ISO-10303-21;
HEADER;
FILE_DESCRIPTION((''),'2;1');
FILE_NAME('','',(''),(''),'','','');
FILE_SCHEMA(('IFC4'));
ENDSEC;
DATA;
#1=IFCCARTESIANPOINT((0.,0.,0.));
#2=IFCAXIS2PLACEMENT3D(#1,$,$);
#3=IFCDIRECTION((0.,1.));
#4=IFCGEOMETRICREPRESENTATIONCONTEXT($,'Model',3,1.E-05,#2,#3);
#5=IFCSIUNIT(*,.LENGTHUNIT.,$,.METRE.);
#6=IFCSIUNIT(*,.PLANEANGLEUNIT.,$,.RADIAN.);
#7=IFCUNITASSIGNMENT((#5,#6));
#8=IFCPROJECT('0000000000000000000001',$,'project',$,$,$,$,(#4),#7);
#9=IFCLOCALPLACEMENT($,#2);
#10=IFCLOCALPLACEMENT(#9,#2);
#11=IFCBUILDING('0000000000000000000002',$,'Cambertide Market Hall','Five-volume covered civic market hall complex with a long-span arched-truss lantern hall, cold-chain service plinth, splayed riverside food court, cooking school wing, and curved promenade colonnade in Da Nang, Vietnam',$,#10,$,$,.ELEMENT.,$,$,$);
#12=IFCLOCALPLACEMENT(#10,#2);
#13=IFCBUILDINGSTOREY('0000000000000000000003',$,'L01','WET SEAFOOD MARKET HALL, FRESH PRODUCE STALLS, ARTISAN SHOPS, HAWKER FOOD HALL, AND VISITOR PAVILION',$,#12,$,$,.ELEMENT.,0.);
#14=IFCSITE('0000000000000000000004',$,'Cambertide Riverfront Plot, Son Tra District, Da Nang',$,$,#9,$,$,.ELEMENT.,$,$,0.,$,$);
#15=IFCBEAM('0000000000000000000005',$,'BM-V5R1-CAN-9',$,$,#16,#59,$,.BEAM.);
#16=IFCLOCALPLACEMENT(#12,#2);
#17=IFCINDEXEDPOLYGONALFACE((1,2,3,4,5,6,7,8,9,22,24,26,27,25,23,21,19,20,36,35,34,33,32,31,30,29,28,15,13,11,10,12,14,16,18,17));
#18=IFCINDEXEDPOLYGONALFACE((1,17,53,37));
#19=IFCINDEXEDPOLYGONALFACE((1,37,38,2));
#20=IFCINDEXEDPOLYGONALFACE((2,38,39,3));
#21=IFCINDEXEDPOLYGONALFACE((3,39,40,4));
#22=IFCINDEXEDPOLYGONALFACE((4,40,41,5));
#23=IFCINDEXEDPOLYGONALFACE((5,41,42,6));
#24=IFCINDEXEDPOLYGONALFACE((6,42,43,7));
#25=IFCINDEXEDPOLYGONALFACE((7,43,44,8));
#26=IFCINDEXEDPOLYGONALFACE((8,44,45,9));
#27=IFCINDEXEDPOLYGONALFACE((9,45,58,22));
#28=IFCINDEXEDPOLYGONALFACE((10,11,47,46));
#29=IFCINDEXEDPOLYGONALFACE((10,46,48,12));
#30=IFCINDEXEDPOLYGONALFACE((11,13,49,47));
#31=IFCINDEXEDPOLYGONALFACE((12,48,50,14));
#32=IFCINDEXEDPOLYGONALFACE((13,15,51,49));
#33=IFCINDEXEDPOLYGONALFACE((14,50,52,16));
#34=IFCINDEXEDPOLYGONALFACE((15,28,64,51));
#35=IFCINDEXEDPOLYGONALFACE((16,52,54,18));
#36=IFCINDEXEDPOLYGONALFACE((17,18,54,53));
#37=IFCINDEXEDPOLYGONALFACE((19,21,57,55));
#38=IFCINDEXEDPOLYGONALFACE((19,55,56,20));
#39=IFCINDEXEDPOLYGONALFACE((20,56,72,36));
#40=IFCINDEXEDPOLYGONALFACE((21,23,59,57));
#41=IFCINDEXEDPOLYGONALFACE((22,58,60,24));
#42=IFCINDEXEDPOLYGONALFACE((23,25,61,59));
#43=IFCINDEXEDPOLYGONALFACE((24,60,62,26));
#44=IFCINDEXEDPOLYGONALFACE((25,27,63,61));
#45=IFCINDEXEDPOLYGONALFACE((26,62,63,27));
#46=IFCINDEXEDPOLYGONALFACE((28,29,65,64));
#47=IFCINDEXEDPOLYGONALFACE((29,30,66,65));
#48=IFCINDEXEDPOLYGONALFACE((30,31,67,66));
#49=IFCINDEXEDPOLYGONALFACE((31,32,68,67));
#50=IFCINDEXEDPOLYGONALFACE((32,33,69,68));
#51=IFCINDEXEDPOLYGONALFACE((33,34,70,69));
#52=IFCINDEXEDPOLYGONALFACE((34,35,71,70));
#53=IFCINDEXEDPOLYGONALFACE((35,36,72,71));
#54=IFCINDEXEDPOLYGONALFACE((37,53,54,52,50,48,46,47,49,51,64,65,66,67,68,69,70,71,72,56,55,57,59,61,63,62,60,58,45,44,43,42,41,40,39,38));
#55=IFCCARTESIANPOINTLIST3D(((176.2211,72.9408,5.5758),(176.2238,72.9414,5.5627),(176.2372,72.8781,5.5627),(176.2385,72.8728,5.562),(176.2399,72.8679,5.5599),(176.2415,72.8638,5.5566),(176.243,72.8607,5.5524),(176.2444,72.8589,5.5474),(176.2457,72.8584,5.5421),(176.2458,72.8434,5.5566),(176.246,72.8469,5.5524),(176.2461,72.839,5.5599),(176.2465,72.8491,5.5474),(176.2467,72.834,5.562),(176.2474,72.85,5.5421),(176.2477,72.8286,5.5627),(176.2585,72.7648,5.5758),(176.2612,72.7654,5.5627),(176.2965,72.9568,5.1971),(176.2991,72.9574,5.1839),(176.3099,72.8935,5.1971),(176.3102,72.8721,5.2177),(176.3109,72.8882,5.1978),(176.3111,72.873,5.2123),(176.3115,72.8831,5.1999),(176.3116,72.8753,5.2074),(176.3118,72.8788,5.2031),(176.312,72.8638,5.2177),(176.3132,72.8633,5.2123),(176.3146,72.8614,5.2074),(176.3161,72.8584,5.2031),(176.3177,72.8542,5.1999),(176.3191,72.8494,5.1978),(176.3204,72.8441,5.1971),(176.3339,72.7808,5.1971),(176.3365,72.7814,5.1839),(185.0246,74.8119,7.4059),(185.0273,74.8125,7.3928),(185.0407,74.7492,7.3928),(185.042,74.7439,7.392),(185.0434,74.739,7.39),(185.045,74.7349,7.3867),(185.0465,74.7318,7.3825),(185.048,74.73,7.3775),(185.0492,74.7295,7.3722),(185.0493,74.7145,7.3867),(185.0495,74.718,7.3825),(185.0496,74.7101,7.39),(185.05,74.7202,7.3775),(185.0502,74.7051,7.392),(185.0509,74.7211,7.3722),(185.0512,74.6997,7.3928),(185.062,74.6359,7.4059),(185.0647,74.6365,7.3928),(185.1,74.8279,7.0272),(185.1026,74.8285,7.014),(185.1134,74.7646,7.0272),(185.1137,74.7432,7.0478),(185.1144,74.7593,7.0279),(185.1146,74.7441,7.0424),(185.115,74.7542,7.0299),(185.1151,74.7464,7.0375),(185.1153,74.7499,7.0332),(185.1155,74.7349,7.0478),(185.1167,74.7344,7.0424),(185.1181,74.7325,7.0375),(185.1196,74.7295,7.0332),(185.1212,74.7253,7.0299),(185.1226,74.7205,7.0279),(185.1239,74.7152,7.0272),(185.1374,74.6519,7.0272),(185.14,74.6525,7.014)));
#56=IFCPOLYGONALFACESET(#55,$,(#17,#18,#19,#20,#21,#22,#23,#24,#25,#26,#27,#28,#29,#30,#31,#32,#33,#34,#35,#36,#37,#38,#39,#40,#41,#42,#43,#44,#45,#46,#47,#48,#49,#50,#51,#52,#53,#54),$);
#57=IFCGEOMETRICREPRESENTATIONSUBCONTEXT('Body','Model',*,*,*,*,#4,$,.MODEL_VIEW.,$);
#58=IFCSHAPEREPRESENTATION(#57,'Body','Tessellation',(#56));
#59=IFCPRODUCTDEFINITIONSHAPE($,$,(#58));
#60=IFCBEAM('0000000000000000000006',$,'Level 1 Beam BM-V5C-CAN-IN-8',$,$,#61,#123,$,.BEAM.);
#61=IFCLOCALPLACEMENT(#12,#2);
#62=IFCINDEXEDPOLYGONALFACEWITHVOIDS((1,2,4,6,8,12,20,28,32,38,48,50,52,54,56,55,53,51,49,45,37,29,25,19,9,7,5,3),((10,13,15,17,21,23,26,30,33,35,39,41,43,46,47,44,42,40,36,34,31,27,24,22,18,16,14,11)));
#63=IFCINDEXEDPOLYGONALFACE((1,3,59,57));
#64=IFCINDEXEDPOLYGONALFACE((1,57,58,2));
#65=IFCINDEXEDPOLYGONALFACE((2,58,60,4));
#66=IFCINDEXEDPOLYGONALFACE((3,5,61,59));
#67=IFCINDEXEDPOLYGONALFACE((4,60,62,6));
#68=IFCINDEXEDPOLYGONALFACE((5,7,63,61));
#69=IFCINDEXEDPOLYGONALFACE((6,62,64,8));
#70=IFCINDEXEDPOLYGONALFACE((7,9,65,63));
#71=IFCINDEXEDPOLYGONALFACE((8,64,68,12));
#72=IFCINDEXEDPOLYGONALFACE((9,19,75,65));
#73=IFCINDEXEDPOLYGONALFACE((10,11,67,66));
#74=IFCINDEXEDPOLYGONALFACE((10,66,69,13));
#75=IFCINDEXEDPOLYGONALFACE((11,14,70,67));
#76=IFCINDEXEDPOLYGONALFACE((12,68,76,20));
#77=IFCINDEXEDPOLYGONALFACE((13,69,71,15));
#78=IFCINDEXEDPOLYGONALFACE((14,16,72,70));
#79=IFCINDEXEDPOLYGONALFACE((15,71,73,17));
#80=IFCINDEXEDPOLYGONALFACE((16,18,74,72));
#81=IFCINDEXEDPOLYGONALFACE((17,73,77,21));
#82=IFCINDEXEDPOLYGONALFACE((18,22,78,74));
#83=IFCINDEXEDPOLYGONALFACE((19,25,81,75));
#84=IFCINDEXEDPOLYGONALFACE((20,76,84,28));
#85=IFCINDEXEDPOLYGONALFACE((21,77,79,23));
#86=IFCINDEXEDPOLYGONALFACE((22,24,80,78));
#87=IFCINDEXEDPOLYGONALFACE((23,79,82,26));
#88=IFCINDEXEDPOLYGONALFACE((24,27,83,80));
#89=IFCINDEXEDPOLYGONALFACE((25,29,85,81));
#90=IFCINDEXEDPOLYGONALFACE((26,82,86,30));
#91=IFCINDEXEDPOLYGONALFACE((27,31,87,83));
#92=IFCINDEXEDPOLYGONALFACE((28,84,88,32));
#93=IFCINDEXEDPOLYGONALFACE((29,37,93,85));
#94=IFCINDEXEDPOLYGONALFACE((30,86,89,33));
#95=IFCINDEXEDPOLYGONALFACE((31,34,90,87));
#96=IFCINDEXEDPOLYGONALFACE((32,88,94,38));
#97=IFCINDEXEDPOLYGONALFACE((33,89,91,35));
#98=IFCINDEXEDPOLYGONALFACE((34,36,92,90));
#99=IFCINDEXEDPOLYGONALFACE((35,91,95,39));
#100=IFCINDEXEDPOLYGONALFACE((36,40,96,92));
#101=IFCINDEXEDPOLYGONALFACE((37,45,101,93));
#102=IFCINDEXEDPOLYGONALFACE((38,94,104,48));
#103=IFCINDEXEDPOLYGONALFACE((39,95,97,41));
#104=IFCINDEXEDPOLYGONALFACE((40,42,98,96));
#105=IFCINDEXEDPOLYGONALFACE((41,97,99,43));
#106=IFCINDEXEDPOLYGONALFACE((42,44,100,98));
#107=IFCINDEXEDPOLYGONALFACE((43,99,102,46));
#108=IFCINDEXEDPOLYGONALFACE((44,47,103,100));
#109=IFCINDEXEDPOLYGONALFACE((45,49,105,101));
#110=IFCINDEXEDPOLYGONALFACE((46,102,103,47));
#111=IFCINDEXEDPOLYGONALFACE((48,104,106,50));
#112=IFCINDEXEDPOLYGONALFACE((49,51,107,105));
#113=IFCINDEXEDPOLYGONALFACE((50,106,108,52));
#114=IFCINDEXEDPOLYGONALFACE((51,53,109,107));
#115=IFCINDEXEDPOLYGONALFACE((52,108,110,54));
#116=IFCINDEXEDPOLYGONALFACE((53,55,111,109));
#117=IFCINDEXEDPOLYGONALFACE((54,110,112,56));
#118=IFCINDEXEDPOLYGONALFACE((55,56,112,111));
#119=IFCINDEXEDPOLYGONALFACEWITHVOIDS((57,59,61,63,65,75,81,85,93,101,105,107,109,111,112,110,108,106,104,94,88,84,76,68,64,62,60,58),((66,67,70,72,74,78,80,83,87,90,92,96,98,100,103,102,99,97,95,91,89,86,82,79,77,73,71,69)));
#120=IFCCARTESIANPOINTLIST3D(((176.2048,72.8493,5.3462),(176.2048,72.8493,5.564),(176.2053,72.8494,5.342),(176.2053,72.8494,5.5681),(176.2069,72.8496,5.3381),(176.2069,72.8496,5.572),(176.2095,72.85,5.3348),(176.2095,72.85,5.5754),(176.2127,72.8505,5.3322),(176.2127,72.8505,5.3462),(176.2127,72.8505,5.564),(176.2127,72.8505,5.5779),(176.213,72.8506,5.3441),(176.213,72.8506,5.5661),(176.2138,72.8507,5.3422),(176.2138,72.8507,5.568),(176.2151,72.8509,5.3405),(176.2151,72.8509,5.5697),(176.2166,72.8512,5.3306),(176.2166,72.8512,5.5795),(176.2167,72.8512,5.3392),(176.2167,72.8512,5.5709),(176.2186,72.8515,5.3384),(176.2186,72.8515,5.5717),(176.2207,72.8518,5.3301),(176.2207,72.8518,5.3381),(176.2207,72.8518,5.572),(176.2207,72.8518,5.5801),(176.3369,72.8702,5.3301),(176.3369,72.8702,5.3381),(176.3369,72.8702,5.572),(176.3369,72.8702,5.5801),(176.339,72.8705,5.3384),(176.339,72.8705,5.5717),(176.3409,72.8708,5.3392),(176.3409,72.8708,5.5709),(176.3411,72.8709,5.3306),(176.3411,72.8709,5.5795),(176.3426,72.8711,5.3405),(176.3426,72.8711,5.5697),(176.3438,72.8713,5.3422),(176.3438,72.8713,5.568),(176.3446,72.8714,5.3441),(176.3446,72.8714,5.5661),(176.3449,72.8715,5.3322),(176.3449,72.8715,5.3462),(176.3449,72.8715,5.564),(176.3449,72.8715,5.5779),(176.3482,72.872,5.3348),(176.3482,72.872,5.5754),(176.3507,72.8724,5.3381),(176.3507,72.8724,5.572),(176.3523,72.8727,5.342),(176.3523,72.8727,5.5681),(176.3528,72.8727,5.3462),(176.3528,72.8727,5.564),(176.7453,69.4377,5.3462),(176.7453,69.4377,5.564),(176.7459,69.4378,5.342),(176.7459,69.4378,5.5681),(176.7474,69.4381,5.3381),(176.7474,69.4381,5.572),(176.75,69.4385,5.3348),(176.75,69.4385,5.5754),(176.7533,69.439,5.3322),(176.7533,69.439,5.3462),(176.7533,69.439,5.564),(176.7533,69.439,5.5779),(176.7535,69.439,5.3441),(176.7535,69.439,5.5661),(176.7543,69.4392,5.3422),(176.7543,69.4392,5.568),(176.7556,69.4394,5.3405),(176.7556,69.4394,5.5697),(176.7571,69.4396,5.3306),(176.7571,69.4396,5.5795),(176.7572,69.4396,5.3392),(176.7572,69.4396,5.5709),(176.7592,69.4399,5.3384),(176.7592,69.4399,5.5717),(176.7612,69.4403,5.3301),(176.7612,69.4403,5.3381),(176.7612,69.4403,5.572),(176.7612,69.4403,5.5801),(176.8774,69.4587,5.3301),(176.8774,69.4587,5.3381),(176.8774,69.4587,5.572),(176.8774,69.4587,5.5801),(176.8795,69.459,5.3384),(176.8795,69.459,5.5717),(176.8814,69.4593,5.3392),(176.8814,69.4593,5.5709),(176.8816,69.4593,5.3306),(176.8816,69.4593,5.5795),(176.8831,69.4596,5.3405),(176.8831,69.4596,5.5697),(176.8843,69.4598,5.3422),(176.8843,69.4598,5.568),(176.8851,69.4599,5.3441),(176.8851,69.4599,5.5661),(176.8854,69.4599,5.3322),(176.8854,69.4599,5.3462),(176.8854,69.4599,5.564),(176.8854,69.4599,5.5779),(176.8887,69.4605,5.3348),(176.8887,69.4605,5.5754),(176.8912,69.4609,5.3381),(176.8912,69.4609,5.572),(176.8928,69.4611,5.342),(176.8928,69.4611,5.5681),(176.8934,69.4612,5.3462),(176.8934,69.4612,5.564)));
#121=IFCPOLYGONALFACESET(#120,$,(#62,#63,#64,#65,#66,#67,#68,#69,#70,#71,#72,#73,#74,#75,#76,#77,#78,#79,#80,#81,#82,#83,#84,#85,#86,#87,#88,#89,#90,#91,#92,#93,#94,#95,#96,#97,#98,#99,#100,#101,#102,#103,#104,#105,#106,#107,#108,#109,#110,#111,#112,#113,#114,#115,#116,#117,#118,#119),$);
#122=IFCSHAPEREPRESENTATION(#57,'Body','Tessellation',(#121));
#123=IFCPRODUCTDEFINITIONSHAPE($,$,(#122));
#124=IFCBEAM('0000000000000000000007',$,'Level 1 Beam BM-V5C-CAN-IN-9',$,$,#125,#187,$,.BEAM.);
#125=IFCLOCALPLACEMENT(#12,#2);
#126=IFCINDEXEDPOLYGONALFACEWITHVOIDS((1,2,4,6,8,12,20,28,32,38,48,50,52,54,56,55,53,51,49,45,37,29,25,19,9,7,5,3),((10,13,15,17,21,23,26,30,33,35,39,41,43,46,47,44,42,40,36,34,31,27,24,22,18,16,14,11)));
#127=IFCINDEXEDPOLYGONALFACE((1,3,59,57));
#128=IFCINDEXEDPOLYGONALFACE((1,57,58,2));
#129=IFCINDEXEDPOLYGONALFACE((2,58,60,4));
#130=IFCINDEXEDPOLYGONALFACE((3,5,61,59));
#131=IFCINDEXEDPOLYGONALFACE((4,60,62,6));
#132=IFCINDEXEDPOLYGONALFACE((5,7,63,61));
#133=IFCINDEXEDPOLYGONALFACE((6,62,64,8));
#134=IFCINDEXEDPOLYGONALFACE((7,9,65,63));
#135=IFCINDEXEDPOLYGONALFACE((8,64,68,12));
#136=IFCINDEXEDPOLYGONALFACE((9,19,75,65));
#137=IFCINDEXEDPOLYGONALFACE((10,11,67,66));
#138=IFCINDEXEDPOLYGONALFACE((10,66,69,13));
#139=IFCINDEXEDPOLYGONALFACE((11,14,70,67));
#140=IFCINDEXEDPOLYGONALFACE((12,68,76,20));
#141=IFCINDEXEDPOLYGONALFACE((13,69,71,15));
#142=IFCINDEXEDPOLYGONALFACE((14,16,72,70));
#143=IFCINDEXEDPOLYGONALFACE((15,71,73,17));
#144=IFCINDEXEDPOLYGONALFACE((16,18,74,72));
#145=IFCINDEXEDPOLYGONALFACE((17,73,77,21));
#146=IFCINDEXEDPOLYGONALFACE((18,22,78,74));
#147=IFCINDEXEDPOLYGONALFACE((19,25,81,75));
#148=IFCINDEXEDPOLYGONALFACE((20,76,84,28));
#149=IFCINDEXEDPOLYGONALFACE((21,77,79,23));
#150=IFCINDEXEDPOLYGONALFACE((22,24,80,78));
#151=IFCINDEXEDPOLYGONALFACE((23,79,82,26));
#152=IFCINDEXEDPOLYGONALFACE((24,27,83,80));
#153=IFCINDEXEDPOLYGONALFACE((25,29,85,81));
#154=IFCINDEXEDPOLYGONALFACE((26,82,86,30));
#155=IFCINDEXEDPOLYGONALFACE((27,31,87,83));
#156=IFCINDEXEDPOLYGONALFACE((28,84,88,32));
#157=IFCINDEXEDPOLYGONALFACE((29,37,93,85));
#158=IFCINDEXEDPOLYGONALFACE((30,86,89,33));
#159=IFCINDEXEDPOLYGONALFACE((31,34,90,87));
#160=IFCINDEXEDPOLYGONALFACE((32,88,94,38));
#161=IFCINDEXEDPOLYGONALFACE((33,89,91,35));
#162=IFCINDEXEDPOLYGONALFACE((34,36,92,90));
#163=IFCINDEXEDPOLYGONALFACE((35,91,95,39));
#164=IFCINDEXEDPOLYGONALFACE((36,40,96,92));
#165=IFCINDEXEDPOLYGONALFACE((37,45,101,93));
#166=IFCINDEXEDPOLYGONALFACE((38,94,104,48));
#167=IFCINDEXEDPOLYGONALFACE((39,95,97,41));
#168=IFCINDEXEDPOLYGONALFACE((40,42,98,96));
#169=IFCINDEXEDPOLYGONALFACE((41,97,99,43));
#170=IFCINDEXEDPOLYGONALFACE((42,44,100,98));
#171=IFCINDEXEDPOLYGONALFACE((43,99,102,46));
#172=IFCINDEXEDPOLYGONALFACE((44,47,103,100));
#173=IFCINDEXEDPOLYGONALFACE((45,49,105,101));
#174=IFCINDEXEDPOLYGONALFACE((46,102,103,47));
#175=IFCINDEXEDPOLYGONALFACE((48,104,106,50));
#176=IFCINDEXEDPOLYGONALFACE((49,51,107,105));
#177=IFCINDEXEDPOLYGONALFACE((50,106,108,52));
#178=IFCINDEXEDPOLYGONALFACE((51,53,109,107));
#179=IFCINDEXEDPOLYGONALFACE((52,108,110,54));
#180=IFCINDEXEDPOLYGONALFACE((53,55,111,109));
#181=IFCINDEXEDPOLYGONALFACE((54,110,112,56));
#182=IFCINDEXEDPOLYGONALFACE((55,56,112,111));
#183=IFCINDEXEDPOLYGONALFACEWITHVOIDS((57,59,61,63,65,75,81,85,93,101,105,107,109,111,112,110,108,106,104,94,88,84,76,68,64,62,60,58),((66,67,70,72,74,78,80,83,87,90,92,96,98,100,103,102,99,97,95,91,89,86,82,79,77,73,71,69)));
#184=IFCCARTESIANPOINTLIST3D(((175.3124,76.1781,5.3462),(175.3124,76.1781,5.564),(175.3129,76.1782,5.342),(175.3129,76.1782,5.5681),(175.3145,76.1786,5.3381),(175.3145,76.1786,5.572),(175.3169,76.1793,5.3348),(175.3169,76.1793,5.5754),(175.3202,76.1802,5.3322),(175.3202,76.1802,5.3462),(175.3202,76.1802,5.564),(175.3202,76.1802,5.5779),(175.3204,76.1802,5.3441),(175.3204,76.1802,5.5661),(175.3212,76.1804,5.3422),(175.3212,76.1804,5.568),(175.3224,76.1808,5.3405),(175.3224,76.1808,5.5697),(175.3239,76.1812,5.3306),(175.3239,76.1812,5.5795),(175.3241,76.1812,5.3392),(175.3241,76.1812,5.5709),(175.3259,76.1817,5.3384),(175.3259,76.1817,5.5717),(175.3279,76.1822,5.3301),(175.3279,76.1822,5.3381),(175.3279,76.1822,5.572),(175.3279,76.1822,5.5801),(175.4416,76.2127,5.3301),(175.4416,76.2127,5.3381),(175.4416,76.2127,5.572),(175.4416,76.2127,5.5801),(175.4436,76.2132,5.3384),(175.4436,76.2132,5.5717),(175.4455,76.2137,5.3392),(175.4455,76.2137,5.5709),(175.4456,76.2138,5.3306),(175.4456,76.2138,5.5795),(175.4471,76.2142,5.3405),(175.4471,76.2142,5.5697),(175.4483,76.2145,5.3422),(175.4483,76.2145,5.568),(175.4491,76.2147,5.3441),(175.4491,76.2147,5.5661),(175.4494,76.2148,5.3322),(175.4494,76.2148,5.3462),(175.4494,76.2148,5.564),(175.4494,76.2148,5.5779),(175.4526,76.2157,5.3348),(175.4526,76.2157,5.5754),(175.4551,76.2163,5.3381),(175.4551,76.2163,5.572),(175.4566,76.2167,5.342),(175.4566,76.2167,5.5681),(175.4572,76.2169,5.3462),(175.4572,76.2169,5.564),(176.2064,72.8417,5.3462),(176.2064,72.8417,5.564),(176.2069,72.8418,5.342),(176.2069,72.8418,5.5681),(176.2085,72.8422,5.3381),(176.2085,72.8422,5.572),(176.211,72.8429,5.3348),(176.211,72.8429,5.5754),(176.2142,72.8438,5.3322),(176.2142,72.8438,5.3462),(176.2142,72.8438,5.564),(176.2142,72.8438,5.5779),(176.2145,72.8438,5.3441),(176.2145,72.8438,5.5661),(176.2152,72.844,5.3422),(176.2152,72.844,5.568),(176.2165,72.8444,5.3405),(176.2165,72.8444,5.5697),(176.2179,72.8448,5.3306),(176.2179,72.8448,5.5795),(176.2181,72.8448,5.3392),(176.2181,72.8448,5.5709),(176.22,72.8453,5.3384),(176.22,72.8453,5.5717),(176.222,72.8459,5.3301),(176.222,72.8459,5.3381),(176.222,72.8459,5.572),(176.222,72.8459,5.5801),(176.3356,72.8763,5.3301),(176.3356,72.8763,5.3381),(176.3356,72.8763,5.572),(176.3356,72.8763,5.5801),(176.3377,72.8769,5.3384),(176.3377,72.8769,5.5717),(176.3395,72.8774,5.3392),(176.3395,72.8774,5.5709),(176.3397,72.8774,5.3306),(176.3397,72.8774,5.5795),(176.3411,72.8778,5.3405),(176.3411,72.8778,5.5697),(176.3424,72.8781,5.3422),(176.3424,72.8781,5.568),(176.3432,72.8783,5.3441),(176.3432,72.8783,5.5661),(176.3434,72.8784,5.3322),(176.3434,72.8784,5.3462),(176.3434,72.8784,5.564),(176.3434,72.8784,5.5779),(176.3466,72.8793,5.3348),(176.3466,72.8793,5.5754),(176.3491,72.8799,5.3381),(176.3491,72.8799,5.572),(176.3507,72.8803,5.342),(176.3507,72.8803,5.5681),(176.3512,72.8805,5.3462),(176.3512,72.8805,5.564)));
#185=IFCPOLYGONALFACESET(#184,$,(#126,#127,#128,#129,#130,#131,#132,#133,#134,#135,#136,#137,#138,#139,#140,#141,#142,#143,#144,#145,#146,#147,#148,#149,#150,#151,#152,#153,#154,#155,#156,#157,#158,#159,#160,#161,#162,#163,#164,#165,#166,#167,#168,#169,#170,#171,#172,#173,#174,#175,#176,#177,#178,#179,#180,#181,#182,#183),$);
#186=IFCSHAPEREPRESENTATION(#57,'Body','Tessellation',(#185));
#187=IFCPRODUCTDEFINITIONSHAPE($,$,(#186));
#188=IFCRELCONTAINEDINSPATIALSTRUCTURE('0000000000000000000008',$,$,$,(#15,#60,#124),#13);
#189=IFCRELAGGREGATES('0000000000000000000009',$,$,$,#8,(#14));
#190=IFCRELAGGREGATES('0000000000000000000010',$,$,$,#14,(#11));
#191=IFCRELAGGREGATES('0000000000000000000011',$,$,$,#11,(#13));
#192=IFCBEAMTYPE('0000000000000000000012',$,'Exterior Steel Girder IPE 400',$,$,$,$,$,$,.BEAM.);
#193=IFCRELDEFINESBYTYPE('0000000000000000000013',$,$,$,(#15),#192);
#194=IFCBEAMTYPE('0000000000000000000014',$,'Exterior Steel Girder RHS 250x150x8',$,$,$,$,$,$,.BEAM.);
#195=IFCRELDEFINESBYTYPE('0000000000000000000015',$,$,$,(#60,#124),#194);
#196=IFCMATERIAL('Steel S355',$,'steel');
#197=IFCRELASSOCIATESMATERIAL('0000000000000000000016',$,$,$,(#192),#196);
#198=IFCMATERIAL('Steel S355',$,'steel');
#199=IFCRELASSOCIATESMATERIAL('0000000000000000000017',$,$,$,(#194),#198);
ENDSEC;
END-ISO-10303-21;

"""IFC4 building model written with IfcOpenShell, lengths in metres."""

from ifc_helpers import new_model, si_unit, direction, frame, origin, origin_2d, place, context, subcontext, project, spatial, hollow_rectangle, i_section, extrude, material, material_profile, profile_set, type_object, element, save


model = new_model("IFC4")

# Units and contexts
model_context = context("Model", 3, precision=1e-05, world=origin(), true_north=direction((0.0, 1.0)))
body_context = subcontext(model_context, "Body", "Model", "MODEL_VIEW")
ifc_project = project(units=[si_unit("LENGTHUNIT", "METRE"), si_unit("PLANEANGLEUNIT", "RADIAN")], contexts=[model_context])

# Site, building, storey
site_placement = place(None, origin())
site = spatial("IfcSite", under=ifc_project, at=site_placement, Name="Cambertide Riverfront Plot, Son Tra District, Da Nang", CompositionType="ELEMENT", RefElevation=0.0)
building_placement = place(site_placement, origin())
building = spatial("IfcBuilding", under=site, at=building_placement, Name="Cambertide Market Hall", Description="Five-volume covered civic market hall complex with a long-span arched-truss lantern hall, cold-chain service plinth, splayed riverside food court, cooking school wing, and curved promenade colonnade in Da Nang, Vietnam", CompositionType="ELEMENT")
storey_placement = place(building_placement, origin())
storey = spatial("IfcBuildingStorey", under=building, at=storey_placement, Name="L01", Description="WET SEAFOOD MARKET HALL, FRESH PRODUCE STALLS, ARTISAN SHOPS, HAWKER FOOD HALL, AND VISITOR PAVILION", CompositionType="ELEMENT", Elevation=0.0)

# Beams
ifc_material_1 = material(Name="Steel S355", Category="steel")
ifc_material_profile_1 = material_profile(ifc_material_1, i_section(OverallWidth=0.1799, OverallDepth=0.3999, WebThickness=0.0085, FlangeThickness=0.0134, FilletRadius=0.021, at=origin_2d()), Name="IPE 400")
ifc_profile_set_1 = profile_set([ifc_material_profile_1], Name="Steel S355")
beam_type_1 = type_object("IfcBeamType", Name="Exterior Steel Girder IPE 400", PredefinedType="BEAM", material=ifc_profile_set_1)
beam_1_placement = place(storey_placement, frame((176.2788, 72.8611, 5.3799), z_axis=(0.958535, 0.203728, 0.199262), x_axis=(-0.207897, 0.978151, 0.0)))
element("IfcBeam", 1, at=beam_1_placement, inside=storey, type_object=beam_type_1, Name="BM-V5R1-CAN-9", PredefinedType="BEAM", context=body_context, shape_type="SweptSolid", body=[
    extrude(i_section(OverallWidth=0.1799, OverallDepth=0.3999, WebThickness=0.0085, FlangeThickness=0.0134, FilletRadius=0.021, at=origin_2d()), origin(), (0.0, 0.0, 1.0), 9.1843),
])
ifc_material_2 = material(Name="Steel S355", Category="steel")
ifc_material_profile_2 = material_profile(ifc_material_2, hollow_rectangle(XDim=0.1499, YDim=0.25, WallThickness=0.0081, InnerFilletRadius=0.0081, OuterFilletRadius=0.0161, at=origin_2d()), Name="RHS 250x150x8")
ifc_profile_set_2 = profile_set([ifc_material_profile_2], Name="Steel S355")
beam_type_2 = type_object("IfcBeamType", Name="Exterior Steel Girder RHS 250x150x8", PredefinedType="BEAM", material=ifc_profile_set_2)
for number, where, z_axis, x_axis, name in (
    (2, (176.8193, 69.4495, 5.4551), (-0.156485, 0.98768, 0.0), (-0.98768, -0.156485, 0.0), "Level 1 Beam BM-V5C-CAN-IN-8"),
    (3, (176.2788, 72.8611, 5.4551), (-0.258833, 0.965922, 0.0), (-0.965922, -0.258833, 0.0), "Level 1 Beam BM-V5C-CAN-IN-9"),
):
    element("IfcBeam", number, at=place(storey_placement, frame(where, z_axis=z_axis, x_axis=x_axis)), inside=storey, type_object=beam_type_2, Name=name, PredefinedType="BEAM", context=body_context, shape_type="SweptSolid", body=[
        extrude(hollow_rectangle(XDim=0.1499, YDim=0.25, WallThickness=0.0081, InnerFilletRadius=0.0081, OuterFilletRadius=0.0161, at=origin_2d()), origin(), (0.0, 0.0, 1.0), 3.4541),
    ])

save(model, "model.ifc")
